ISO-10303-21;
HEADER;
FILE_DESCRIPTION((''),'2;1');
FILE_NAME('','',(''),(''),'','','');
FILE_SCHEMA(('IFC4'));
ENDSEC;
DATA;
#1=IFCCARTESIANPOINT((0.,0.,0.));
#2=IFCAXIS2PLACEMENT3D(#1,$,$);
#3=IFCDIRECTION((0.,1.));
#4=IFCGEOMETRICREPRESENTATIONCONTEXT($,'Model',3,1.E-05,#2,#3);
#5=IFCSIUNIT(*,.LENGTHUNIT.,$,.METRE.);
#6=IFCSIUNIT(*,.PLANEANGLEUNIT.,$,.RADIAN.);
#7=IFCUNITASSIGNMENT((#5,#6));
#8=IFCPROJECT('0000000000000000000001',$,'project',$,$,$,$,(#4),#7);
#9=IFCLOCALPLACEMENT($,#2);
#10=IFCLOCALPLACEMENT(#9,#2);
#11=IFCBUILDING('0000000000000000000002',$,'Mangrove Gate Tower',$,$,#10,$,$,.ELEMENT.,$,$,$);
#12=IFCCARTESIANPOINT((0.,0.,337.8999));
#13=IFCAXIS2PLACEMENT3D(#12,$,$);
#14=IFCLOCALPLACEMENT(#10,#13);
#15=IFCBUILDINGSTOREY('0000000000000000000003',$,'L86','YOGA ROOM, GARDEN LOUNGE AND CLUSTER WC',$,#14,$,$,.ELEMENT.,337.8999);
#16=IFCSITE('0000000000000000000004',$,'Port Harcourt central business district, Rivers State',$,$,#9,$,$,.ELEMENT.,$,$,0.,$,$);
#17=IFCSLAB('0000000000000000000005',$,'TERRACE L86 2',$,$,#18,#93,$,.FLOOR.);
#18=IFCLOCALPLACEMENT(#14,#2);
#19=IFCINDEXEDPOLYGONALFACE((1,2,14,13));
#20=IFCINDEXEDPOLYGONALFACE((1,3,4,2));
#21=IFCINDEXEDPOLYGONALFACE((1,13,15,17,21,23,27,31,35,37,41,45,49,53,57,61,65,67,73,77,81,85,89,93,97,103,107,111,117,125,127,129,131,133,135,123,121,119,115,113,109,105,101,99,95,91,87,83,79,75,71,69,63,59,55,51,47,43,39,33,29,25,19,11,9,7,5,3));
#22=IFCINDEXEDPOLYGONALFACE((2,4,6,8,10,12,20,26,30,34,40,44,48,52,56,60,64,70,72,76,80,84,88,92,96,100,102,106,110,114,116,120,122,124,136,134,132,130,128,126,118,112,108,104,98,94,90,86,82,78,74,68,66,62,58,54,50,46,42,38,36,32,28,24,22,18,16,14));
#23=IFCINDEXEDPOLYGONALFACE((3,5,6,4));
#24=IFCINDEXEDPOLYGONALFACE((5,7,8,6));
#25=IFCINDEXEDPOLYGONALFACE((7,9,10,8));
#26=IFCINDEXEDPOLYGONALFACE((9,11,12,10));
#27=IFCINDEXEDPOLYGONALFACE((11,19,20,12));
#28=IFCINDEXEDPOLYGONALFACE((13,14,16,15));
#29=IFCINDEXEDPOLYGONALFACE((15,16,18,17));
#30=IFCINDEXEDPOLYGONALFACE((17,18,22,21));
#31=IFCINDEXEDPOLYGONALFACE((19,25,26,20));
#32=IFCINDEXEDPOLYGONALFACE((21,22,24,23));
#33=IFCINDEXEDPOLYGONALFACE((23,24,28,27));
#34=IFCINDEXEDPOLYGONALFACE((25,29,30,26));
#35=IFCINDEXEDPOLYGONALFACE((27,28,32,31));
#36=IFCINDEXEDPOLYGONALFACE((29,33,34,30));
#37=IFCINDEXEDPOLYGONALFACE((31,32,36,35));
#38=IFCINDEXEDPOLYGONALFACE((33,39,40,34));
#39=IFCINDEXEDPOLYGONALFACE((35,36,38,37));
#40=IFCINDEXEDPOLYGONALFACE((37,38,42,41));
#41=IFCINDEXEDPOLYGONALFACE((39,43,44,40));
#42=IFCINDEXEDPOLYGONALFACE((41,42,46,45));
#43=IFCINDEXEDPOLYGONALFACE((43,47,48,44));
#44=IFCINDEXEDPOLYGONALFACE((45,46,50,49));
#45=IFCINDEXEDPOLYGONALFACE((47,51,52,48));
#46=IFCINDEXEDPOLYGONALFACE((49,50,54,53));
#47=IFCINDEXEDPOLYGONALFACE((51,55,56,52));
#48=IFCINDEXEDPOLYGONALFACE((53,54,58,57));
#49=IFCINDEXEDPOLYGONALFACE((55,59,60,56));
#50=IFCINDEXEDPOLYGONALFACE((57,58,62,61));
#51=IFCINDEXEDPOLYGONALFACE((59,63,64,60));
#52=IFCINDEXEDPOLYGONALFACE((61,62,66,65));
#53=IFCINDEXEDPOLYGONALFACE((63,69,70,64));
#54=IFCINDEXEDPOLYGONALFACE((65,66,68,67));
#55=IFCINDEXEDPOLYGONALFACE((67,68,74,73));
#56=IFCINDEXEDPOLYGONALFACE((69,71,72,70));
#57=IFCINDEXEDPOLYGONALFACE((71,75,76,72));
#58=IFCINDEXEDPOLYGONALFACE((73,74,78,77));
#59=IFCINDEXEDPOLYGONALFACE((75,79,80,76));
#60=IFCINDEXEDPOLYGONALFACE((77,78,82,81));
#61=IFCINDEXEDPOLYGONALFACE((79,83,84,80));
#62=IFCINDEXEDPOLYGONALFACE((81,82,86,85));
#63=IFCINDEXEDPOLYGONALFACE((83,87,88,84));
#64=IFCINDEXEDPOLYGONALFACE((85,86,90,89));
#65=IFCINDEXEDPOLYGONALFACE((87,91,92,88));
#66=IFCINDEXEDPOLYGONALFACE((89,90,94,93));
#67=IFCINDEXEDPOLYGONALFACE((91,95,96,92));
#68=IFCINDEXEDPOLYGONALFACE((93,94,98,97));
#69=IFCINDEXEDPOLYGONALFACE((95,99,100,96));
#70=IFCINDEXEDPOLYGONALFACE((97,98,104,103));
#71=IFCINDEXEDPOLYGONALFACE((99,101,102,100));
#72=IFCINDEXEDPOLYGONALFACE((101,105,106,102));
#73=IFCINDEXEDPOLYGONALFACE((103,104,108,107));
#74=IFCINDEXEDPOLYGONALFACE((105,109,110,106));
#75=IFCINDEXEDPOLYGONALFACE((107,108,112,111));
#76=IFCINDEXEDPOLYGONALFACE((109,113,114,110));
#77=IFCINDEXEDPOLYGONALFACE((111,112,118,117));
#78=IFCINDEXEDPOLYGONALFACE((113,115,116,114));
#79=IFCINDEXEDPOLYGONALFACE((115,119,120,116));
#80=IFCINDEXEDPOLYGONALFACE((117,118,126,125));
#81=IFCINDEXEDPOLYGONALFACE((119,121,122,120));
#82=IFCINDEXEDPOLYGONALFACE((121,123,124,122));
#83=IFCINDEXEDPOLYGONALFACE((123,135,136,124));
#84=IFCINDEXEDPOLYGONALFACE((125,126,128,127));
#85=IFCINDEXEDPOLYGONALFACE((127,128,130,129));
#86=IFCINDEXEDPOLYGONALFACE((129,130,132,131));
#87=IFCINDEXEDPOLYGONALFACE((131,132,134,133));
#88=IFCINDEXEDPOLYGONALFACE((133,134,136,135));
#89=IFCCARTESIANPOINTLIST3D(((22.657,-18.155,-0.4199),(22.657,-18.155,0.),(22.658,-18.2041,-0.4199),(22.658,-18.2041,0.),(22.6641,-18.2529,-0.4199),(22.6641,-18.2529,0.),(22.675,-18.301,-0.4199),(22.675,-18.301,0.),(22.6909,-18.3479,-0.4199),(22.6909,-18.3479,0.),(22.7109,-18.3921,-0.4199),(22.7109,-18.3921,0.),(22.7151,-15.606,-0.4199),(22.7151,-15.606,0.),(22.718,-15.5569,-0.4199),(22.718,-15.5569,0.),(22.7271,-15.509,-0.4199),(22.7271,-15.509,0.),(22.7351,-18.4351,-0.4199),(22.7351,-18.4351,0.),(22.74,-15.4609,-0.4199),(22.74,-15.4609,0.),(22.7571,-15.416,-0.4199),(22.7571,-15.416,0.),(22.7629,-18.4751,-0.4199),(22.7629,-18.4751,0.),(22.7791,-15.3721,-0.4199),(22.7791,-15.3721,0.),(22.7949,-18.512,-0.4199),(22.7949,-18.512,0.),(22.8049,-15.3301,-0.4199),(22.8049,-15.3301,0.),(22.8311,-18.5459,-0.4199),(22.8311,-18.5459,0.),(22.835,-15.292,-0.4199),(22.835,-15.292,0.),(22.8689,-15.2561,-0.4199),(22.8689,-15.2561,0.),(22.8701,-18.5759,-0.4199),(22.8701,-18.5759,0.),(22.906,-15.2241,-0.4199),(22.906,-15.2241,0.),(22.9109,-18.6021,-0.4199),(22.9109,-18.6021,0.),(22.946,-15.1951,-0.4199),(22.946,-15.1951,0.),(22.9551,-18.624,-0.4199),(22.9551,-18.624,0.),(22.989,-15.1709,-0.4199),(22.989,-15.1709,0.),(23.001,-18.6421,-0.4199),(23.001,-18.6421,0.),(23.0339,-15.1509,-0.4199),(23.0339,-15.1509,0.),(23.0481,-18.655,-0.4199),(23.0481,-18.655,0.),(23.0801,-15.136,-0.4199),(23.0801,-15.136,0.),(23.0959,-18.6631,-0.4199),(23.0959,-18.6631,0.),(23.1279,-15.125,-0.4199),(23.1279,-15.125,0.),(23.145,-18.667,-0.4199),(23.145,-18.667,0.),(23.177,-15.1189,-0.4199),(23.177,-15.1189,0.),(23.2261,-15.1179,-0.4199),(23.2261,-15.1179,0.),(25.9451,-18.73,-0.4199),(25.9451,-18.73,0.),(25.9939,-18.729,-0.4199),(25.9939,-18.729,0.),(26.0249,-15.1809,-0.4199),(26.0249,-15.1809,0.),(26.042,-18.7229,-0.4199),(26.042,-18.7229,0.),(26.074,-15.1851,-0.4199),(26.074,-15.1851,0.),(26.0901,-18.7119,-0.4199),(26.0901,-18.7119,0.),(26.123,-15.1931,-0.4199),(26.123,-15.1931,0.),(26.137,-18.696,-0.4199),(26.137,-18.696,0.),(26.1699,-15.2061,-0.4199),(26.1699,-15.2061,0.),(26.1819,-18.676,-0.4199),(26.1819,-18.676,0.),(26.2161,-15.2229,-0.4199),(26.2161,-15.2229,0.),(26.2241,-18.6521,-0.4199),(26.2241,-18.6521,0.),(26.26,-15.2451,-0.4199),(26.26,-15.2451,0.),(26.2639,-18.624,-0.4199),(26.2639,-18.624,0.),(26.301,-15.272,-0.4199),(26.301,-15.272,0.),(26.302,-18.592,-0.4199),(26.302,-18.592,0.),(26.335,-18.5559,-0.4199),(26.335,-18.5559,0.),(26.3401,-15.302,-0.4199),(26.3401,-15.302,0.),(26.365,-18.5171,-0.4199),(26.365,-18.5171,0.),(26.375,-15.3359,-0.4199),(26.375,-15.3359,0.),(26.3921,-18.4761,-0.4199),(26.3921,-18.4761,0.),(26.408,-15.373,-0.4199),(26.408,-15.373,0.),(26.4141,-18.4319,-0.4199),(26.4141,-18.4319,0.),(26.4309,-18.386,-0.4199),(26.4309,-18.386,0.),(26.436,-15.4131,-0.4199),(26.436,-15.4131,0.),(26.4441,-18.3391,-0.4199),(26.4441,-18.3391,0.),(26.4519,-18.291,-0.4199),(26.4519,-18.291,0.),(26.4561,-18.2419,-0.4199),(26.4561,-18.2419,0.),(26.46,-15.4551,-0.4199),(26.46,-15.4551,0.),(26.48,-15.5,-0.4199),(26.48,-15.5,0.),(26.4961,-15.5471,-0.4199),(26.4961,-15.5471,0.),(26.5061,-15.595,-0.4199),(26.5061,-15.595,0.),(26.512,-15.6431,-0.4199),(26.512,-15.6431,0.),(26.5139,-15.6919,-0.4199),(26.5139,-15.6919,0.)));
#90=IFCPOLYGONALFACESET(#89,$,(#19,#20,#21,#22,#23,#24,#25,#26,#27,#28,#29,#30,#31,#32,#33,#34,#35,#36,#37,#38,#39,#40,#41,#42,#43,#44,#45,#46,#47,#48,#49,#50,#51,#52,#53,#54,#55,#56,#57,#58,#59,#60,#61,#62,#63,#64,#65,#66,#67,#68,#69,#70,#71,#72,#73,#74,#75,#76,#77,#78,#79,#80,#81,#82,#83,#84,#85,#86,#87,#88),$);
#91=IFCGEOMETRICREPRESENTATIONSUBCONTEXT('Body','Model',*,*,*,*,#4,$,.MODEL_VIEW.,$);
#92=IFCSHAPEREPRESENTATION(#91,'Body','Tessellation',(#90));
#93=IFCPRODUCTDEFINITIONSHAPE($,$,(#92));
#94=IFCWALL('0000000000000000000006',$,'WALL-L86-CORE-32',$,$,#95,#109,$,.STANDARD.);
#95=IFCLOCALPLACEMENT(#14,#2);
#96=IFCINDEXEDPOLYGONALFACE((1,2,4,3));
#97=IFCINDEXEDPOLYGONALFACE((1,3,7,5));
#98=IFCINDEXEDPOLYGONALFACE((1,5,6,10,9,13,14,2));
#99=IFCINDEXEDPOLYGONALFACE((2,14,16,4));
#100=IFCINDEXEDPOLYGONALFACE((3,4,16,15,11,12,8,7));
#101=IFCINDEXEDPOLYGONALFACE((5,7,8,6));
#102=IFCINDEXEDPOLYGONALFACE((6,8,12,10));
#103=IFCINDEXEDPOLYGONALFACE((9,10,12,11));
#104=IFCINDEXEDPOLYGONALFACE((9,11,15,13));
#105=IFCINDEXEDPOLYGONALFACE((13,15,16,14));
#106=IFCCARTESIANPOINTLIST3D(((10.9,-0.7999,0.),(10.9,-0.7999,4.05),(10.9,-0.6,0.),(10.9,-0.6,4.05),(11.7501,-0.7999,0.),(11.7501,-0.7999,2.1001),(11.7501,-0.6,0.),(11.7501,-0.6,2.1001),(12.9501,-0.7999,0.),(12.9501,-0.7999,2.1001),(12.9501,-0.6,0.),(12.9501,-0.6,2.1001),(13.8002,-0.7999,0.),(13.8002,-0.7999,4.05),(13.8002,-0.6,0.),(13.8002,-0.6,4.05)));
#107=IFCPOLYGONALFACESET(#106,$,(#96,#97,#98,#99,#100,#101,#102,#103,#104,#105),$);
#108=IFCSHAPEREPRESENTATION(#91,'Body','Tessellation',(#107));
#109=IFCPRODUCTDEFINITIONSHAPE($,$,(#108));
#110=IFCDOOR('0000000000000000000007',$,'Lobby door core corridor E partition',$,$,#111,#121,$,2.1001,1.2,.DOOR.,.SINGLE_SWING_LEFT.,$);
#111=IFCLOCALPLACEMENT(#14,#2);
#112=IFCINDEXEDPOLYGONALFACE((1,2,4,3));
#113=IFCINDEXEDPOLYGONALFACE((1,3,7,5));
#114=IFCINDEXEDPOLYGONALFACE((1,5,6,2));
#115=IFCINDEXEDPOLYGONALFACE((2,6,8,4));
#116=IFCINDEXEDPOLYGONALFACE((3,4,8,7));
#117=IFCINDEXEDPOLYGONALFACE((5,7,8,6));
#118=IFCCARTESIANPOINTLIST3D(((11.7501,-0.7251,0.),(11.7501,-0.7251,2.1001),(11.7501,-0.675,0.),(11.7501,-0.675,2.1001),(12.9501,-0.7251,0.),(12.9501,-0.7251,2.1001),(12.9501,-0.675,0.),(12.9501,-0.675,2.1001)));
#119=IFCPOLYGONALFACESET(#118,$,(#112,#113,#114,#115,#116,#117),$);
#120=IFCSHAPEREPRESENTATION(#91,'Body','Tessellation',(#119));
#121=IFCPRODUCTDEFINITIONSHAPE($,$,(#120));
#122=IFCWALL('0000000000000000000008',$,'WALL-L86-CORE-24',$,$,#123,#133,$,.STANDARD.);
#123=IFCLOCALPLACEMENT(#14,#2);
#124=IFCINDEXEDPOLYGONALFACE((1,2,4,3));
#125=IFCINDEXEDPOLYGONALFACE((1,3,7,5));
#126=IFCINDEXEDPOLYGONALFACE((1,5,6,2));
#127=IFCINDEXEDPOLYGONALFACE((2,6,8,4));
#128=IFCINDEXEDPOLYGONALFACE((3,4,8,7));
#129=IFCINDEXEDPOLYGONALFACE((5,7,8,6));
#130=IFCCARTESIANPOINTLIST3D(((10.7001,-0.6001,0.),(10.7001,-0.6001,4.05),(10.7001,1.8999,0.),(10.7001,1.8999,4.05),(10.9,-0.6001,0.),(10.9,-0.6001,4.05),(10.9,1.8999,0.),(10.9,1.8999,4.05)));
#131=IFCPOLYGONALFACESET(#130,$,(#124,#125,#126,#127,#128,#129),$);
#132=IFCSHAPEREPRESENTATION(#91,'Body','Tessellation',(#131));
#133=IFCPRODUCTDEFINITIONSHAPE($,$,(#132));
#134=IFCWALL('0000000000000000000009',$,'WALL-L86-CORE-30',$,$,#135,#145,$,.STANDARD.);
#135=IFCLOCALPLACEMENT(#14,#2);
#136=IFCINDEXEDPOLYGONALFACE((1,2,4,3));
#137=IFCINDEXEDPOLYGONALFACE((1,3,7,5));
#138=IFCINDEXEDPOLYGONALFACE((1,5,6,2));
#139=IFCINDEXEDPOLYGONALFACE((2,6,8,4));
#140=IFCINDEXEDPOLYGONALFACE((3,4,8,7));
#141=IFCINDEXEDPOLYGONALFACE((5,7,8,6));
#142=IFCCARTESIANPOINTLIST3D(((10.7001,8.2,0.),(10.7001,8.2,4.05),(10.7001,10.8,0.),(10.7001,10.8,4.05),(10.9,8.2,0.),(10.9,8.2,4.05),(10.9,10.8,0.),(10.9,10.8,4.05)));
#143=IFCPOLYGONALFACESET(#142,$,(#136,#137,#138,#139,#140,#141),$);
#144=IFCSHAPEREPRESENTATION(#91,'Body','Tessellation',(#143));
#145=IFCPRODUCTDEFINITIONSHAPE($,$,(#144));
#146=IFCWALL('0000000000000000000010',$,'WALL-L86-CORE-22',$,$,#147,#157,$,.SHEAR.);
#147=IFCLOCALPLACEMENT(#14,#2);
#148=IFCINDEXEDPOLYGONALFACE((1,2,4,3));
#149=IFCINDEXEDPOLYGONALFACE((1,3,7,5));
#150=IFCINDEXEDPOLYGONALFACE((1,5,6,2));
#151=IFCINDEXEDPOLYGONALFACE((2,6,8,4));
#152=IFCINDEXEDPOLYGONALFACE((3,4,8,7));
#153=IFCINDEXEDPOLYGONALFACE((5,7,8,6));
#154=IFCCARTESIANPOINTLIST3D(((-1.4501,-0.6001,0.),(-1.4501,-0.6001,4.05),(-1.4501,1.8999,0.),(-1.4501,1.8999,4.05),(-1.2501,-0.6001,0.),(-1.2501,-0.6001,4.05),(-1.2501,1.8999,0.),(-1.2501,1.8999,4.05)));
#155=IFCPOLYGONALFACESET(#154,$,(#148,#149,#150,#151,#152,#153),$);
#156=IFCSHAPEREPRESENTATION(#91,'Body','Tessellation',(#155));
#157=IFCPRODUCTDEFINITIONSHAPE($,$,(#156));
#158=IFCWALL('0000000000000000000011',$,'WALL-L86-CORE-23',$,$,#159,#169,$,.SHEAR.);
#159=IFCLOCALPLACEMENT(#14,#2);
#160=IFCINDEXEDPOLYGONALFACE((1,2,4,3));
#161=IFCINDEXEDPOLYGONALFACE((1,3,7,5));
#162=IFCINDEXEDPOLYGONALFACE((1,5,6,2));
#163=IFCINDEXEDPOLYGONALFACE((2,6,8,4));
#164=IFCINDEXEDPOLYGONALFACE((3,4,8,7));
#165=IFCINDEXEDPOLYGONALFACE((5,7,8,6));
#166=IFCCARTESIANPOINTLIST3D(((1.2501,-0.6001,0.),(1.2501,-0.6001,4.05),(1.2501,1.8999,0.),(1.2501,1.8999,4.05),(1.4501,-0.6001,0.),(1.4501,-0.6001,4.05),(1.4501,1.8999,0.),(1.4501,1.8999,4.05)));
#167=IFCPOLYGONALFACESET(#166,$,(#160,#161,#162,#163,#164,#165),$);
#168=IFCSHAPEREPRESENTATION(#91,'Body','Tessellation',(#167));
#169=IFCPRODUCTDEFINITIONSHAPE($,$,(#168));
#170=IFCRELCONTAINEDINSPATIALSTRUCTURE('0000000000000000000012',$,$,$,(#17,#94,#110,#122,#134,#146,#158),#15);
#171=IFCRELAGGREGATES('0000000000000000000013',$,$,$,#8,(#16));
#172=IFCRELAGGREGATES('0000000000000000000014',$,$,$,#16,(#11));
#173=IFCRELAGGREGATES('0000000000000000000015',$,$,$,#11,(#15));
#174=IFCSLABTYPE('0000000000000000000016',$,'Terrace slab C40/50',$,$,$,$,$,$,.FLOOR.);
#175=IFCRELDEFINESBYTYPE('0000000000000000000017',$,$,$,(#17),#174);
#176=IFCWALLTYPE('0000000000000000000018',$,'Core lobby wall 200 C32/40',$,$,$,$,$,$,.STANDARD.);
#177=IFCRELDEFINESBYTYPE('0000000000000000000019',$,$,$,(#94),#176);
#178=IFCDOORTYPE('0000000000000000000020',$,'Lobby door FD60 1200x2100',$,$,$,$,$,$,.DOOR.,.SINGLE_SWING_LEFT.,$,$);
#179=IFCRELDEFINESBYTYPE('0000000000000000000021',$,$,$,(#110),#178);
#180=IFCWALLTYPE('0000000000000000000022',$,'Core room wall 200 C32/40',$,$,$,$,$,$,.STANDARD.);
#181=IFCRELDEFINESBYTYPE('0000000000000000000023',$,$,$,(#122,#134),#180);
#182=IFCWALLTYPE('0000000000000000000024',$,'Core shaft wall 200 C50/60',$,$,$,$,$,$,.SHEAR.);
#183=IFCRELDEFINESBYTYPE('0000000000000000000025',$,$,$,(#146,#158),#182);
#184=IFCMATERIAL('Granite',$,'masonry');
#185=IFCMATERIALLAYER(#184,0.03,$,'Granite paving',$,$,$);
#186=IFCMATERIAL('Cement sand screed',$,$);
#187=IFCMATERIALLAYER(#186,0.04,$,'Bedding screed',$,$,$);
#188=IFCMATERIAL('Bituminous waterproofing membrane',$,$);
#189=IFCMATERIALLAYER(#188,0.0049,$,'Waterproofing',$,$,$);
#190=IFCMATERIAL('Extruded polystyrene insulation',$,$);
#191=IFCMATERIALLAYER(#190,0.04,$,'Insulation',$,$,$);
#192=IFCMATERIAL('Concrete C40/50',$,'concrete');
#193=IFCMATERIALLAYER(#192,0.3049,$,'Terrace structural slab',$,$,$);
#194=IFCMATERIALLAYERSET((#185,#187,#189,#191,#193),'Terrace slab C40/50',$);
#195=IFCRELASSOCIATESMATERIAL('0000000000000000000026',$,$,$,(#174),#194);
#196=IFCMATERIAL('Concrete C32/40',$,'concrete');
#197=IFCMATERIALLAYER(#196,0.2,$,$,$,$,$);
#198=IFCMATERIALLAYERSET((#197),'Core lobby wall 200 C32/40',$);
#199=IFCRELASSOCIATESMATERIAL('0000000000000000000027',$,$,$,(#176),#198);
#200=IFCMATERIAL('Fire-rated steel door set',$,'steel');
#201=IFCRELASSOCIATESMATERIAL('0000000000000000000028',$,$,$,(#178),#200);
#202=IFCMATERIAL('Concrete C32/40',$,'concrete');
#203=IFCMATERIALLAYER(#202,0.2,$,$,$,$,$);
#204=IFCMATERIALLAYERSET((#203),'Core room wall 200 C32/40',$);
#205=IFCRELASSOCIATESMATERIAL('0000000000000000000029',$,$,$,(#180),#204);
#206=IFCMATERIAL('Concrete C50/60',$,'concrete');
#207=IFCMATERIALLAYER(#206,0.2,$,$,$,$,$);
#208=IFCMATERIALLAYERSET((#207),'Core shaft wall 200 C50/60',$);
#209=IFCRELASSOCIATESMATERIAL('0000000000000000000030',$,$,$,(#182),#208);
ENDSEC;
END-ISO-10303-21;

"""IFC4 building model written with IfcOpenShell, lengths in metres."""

from ifc_helpers import new_model, si_unit, direction, frame, frame_2d, origin, place, context, subcontext, project, spatial, polyline, rectangle, outline, extrude, material, layer, layer_set, type_object, element, fill, save


model = new_model("IFC4")

# Units and contexts
model_context = context("Model", 3, precision=1e-05, world=origin(), true_north=direction((0.0, 1.0)))
body_context = subcontext(model_context, "Body", "Model", "MODEL_VIEW")
ifc_project = project(units=[si_unit("LENGTHUNIT", "METRE"), si_unit("PLANEANGLEUNIT", "RADIAN")], contexts=[model_context])

# Site, building, storey
site_placement = place(None, origin())
site = spatial("IfcSite", under=ifc_project, at=site_placement, Name="Port Harcourt central business district, Rivers State", CompositionType="ELEMENT", RefElevation=0.0)
building_placement = place(site_placement, origin())
building = spatial("IfcBuilding", under=site, at=building_placement, Name="Mangrove Gate Tower", CompositionType="ELEMENT")
storey_placement = place(building_placement, frame((0.0, 0.0, 337.8999)))
storey = spatial("IfcBuildingStorey", under=building, at=storey_placement, Name="L86", Description="YOGA ROOM, GARDEN LOUNGE AND CLUSTER WC", CompositionType="ELEMENT", Elevation=337.8999)

# Slab
ifc_material_1 = material(Name="Granite", Category="masonry")
ifc_layer_1 = layer(ifc_material_1, 0.03, Name="Granite paving")
ifc_material_2 = material(Name="Cement sand screed")
ifc_layer_2 = layer(ifc_material_2, 0.04, Name="Bedding screed")
ifc_material_3 = material(Name="Bituminous waterproofing membrane")
ifc_layer_3 = layer(ifc_material_3, 0.0049, Name="Waterproofing")
ifc_material_4 = material(Name="Extruded polystyrene insulation")
ifc_layer_4 = layer(ifc_material_4, 0.04, Name="Insulation")
ifc_material_5 = material(Name="Concrete C40/50", Category="concrete")
ifc_layer_5 = layer(ifc_material_5, 0.3049, Name="Terrace structural slab")
ifc_layer_set_1 = layer_set([ifc_layer_1, ifc_layer_2, ifc_layer_3, ifc_layer_4, ifc_layer_5], Name="Terrace slab C40/50")
slab_type_1 = type_object("IfcSlabType", Name="Terrace slab C40/50", PredefinedType="FLOOR", material=ifc_layer_set_1)
slab_1_placement = place(storey_placement, frame((0.0, 0.0, -0.4199)))
element("IfcSlab", 1, at=slab_1_placement, inside=storey, type_object=slab_type_1, Name="TERRACE L86 2", PredefinedType="FLOOR", context=body_context, shape_type="SweptSolid", body=[
    extrude(outline(polyline([(26.4561, -18.2419), (26.5139, -15.6919), (26.512, -15.6431), (26.5061, -15.595), (26.4961, -15.5471), (26.48, -15.5), (26.46, -15.4551), (26.436, -15.4131), (26.408, -15.373), (26.375, -15.3359), (26.3401, -15.302), (26.301, -15.272), (26.26, -15.2451), (26.2161, -15.2229), (26.1699, -15.2061), (26.123, -15.1931), (26.074, -15.1851), (26.0249, -15.1809), (23.2261, -15.1179), (23.177, -15.1189), (23.1279, -15.125), (23.0801, -15.136), (23.0339, -15.1509), (22.989, -15.1709), (22.946, -15.1951), (22.906, -15.2241), (22.8689, -15.2561), (22.835, -15.292), (22.8049, -15.3301), (22.7791, -15.3721), (22.7571, -15.416), (22.74, -15.4609), (22.7271, -15.509), (22.718, -15.5569), (22.7151, -15.606), (22.657, -18.155), (22.658, -18.2041), (22.6641, -18.2529), (22.675, -18.301), (22.6909, -18.3479), (22.7109, -18.3921), (22.7351, -18.4351), (22.7629, -18.4751), (22.7949, -18.512), (22.8311, -18.5459), (22.8701, -18.5759), (22.9109, -18.6021), (22.9551, -18.624), (23.001, -18.6421), (23.0481, -18.655), (23.0959, -18.6631), (23.145, -18.667), (25.9451, -18.73), (25.9939, -18.729), (26.042, -18.7229), (26.0901, -18.7119), (26.137, -18.696), (26.1819, -18.676), (26.2241, -18.6521), (26.2639, -18.624), (26.302, -18.592), (26.335, -18.5559), (26.365, -18.5171), (26.3921, -18.4761), (26.4141, -18.4319), (26.4309, -18.386), (26.4441, -18.3391), (26.4519, -18.291), (26.4561, -18.2419)])), origin(), (0.0, 0.0, 1.0), 0.4199),
])

# Wall, opening, door
ifc_material_6 = material(Name="Concrete C32/40", Category="concrete")
ifc_layer_6 = layer(ifc_material_6, 0.2)
ifc_layer_set_2 = layer_set([ifc_layer_6], Name="Core lobby wall 200 C32/40")
wall_type_1 = type_object("IfcWallType", Name="Core lobby wall 200 C32/40", PredefinedType="STANDARD", material=ifc_layer_set_2)
wall_1_placement = place(storey_placement, frame((10.8999, -0.7, 0.0), z_axis=(0.0, 0.0, 1.0), x_axis=(1.0, 0.0, 0.0)))
wall_1 = element("IfcWall", 2, at=wall_1_placement, inside=storey, type_object=wall_type_1, Name="WALL-L86-CORE-32", PredefinedType="STANDARD", context=body_context, shape_type="SweptSolid", body=[
    extrude(rectangle(XDim=2.9001, YDim=0.2, at=frame_2d((1.4502, 0.0))), origin(), (0.0, 0.0, 1.0), 4.05),
])
opening_placement = place(wall_1_placement, frame((0.8501, 0.0, 0.0)))
opening = element("IfcOpeningElement", 3, at=opening_placement, cuts=wall_1, PredefinedType="OPENING", context=body_context, shape_type="SweptSolid", body=[
    extrude(rectangle(XDim=1.2, YDim=2.1001, at=frame_2d((0.6001, 1.05))), frame((0.0, 0.1099, 0.0), z_axis=(0.0, -1.0, 0.0), x_axis=(1.0, 0.0, 0.0)), (0.0, 0.0, 1.0), 0.22),
])
ifc_material_7 = material(Name="Fire-rated steel door set", Category="steel")
door_type = type_object("IfcDoorType", Name="Lobby door FD60 1200x2100", OperationType="SINGLE_SWING_LEFT", PredefinedType="DOOR", material=ifc_material_7)
door_placement = place(opening_placement, origin())
door = element("IfcDoor", 4, at=door_placement, inside=storey, type_object=door_type, Name="Lobby door core corridor E partition", OperationType="SINGLE_SWING_LEFT", OverallHeight=2.1001, OverallWidth=1.2, PredefinedType="DOOR", context=body_context, shape_type="SweptSolid", body=[
    extrude(rectangle(XDim=1.2, YDim=2.1001, at=frame_2d((0.6001, 1.05))), frame((0.0, 0.0249, 0.0), z_axis=(0.0, -1.0, 0.0), x_axis=(1.0, 0.0, 0.0)), (0.0, 0.0, 1.0), 0.05),
])
fill(opening, door)

# Walls
ifc_material_8 = material(Name="Concrete C32/40", Category="concrete")
ifc_layer_7 = layer(ifc_material_8, 0.2)
ifc_layer_set_3 = layer_set([ifc_layer_7], Name="Core room wall 200 C32/40")
wall_type_2 = type_object("IfcWallType", Name="Core room wall 200 C32/40", PredefinedType="STANDARD", material=ifc_layer_set_3)
wall_2_placement = place(storey_placement, frame((10.8, -0.6001, 0.0), z_axis=(0.0, 0.0, 1.0), x_axis=(0.0, 1.0, 0.0)))
element("IfcWall", 5, at=wall_2_placement, inside=storey, type_object=wall_type_2, Name="WALL-L86-CORE-24", PredefinedType="STANDARD", context=body_context, shape_type="SweptSolid", body=[
    extrude(rectangle(XDim=2.5, YDim=0.2, at=frame_2d((1.25, 0.0))), origin(), (0.0, 0.0, 1.0), 4.05),
])
wall_3_placement = place(storey_placement, frame((10.8, 8.2, 0.0), z_axis=(0.0, 0.0, 1.0), x_axis=(0.0, 1.0, 0.0)))
element("IfcWall", 6, at=wall_3_placement, inside=storey, type_object=wall_type_2, Name="WALL-L86-CORE-30", PredefinedType="STANDARD", context=body_context, shape_type="SweptSolid", body=[
    extrude(rectangle(XDim=2.6001, YDim=0.2, at=frame_2d((1.3, 0.0))), origin(), (0.0, 0.0, 1.0), 4.05),
])
ifc_material_9 = material(Name="Concrete C50/60", Category="concrete")
ifc_layer_8 = layer(ifc_material_9, 0.2)
ifc_layer_set_4 = layer_set([ifc_layer_8], Name="Core shaft wall 200 C50/60")
wall_type_3 = type_object("IfcWallType", Name="Core shaft wall 200 C50/60", PredefinedType="SHEAR", material=ifc_layer_set_4)
for number, where, z_axis, x_axis, name in (
    (7, (-1.3501, -0.6001, 0.0), (0.0, 0.0, 1.0), (0.0, 1.0, 0.0), "WALL-L86-CORE-22"),
    (8, (1.3501, -0.6001, 0.0), (0.0, 0.0, 1.0), (0.0, 1.0, 0.0), "WALL-L86-CORE-23"),
):
    element("IfcWall", number, at=place(storey_placement, frame(where, z_axis=z_axis, x_axis=x_axis)), inside=storey, type_object=wall_type_3, Name=name, PredefinedType="SHEAR", context=body_context, shape_type="SweptSolid", body=[
        extrude(rectangle(XDim=2.5, YDim=0.2, at=frame_2d((1.25, 0.0))), origin(), (0.0, 0.0, 1.0), 4.05),
    ])

save(model, "model.ifc")
